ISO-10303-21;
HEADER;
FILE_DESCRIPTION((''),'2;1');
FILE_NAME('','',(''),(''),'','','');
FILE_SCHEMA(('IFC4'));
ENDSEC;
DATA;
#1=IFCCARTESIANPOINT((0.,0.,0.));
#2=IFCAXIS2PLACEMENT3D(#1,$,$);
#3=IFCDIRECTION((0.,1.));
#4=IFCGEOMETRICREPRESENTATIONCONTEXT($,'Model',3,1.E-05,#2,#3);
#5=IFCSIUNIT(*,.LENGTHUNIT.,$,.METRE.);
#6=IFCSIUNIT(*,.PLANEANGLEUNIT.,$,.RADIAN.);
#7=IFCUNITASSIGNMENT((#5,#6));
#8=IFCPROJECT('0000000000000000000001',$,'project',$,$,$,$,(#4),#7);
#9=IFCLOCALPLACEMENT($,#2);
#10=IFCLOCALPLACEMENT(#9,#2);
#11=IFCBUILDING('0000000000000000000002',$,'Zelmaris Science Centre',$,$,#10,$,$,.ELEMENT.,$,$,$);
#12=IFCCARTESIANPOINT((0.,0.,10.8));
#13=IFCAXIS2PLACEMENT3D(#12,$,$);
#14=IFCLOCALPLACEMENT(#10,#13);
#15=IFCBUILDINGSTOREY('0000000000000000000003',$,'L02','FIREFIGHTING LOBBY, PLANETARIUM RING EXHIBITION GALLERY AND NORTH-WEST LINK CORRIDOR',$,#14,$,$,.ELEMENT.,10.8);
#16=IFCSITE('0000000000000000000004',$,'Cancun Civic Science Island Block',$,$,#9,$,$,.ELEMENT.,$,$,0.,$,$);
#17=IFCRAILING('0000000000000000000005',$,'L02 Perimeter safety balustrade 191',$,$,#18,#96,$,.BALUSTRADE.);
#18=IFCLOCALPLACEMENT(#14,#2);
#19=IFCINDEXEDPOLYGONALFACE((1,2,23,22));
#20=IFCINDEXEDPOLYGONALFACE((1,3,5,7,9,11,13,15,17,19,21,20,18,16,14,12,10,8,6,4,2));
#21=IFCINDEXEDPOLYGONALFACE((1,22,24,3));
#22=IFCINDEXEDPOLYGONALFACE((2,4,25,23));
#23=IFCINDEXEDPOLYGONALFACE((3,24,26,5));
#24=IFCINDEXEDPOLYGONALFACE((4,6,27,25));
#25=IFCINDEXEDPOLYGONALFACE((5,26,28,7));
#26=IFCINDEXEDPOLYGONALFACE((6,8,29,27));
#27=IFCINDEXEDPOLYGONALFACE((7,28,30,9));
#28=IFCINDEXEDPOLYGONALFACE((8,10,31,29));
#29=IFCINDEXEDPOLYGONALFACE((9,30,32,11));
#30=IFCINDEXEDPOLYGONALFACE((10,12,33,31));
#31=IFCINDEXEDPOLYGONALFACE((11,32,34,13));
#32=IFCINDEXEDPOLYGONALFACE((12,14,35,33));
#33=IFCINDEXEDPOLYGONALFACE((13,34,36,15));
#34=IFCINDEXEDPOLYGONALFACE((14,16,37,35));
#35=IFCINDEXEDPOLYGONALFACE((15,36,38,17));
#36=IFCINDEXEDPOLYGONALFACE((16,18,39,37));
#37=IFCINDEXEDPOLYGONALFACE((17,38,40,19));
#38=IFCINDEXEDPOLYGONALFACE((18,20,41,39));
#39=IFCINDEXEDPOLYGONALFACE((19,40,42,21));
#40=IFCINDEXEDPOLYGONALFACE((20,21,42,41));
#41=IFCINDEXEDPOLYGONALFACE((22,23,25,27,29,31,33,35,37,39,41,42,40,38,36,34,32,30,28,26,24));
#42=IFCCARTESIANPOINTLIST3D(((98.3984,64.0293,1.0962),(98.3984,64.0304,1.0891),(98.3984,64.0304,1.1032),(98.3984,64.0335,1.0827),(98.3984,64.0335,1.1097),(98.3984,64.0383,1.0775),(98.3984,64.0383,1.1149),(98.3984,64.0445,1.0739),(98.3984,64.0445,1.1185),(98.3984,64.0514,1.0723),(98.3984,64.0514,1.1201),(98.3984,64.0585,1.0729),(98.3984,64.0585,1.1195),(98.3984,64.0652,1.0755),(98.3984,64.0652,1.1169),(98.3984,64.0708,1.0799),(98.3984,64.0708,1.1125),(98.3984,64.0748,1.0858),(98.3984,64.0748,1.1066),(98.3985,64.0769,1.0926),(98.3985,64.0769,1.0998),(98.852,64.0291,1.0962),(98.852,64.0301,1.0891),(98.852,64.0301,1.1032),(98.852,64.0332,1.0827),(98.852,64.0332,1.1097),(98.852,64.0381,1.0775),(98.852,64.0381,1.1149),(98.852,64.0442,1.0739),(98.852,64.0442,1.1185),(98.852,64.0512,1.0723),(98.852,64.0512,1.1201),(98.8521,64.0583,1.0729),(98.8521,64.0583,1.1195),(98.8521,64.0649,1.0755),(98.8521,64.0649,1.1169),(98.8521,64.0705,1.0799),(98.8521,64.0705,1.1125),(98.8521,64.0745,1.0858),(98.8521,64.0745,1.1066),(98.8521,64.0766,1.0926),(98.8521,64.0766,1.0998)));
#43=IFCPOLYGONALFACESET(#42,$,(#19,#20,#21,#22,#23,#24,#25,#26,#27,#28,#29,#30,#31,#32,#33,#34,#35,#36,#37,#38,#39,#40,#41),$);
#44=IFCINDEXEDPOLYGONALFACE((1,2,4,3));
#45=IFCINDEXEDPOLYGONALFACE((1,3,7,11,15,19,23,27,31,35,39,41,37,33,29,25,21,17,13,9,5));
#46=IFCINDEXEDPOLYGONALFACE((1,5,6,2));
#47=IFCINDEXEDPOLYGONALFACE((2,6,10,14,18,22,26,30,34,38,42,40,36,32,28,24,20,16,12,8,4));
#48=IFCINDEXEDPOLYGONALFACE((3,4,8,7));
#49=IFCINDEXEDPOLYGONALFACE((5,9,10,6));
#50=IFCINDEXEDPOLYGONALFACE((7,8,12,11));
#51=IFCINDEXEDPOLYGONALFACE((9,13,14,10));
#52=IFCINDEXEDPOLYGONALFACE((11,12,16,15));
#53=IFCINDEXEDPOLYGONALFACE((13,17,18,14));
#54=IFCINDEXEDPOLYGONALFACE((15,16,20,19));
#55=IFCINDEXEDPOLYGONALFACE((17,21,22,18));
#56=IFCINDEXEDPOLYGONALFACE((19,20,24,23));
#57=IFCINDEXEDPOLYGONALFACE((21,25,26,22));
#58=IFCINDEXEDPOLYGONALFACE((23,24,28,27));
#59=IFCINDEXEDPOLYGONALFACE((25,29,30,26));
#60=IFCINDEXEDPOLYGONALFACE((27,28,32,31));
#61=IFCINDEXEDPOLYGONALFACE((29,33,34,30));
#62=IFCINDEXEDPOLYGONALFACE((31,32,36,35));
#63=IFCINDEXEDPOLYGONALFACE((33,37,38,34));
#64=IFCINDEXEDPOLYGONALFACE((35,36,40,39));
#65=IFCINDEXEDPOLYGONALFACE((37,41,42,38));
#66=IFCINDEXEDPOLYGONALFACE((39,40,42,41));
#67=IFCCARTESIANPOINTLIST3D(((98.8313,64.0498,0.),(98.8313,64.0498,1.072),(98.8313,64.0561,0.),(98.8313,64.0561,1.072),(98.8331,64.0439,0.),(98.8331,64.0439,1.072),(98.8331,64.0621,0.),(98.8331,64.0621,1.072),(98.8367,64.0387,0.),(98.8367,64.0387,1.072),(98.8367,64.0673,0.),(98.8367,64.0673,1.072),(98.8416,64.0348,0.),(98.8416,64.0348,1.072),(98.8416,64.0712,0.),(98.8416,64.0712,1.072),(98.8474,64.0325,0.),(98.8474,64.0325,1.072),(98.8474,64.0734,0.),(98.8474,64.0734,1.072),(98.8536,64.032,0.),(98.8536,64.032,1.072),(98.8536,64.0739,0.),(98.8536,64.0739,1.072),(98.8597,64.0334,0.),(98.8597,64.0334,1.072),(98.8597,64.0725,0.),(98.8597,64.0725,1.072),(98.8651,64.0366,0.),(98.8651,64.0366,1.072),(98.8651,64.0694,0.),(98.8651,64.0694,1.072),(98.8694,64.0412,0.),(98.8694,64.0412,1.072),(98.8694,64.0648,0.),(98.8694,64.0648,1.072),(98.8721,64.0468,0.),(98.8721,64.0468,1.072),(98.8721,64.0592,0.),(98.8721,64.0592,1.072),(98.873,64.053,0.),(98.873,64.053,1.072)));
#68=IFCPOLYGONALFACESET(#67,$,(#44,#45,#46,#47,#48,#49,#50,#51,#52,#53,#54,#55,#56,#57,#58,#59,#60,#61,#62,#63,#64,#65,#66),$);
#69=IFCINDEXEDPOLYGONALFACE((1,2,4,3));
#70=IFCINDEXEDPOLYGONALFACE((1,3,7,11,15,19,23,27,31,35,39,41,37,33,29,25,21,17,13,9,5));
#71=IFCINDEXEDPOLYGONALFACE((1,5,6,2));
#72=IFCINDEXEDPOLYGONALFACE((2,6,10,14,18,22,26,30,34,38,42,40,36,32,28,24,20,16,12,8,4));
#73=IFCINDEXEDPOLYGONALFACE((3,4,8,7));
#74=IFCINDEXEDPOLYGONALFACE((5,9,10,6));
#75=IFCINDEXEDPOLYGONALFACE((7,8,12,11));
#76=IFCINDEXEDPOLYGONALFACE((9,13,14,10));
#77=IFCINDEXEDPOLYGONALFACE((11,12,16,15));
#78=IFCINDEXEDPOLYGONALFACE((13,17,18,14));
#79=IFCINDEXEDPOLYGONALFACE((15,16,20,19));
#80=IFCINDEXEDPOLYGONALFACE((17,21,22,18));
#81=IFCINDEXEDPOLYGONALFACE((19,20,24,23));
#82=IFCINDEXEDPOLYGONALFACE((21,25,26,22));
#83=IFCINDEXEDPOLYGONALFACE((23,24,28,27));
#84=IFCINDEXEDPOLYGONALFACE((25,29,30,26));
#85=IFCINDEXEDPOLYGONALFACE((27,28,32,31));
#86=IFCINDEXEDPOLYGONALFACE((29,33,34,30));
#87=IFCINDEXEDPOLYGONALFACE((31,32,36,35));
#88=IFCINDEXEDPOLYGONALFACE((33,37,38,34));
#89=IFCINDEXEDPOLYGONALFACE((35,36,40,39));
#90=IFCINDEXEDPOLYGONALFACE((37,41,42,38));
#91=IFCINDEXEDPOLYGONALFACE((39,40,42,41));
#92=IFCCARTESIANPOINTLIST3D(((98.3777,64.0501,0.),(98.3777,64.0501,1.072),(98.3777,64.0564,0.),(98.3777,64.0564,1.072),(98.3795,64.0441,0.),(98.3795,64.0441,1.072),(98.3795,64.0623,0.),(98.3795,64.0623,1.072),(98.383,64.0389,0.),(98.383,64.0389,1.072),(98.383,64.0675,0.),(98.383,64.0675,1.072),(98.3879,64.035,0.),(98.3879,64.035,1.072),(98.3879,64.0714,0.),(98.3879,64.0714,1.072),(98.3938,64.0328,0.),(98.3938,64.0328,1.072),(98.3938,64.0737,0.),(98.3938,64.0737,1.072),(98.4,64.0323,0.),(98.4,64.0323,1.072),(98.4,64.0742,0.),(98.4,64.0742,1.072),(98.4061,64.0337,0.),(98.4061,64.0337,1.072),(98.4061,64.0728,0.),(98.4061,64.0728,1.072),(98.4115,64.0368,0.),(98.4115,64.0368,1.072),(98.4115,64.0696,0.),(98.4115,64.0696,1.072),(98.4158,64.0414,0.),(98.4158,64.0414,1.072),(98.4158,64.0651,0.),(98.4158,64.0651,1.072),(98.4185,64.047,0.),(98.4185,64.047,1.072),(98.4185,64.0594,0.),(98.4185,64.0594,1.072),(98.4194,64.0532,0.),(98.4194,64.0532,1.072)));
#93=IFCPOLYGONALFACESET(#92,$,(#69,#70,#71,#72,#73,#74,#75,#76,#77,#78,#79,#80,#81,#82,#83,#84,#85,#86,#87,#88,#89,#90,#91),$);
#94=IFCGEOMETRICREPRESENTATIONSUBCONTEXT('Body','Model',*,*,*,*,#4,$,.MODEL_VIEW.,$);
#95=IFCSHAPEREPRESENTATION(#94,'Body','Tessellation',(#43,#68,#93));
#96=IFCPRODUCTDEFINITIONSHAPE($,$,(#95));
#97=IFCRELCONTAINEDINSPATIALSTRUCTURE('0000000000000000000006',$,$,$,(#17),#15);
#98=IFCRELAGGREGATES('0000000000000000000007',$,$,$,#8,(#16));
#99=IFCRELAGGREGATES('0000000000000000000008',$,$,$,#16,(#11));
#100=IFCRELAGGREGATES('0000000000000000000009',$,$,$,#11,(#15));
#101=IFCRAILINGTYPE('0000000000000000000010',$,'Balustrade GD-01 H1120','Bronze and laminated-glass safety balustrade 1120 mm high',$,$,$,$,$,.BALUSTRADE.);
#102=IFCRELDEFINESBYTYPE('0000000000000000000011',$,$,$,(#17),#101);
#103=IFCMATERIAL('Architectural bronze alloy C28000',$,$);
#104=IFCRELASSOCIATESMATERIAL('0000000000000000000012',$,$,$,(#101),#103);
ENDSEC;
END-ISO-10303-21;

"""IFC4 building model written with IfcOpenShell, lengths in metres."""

from ifc_helpers import new_model, si_unit, direction, frame, origin, origin_2d, place, context, subcontext, project, spatial, circle, extrude, material, type_object, element, save


model = new_model("IFC4")

# Units and contexts
model_context = context("Model", 3, precision=1e-05, world=origin(), true_north=direction((0.0, 1.0)))
body_context = subcontext(model_context, "Body", "Model", "MODEL_VIEW")
ifc_project = project(units=[si_unit("LENGTHUNIT", "METRE"), si_unit("PLANEANGLEUNIT", "RADIAN")], contexts=[model_context])

# Site, building, storey
site_placement = place(None, origin())
site = spatial("IfcSite", under=ifc_project, at=site_placement, Name="Cancun Civic Science Island Block", CompositionType="ELEMENT", RefElevation=0.0)
building_placement = place(site_placement, origin())
building = spatial("IfcBuilding", under=site, at=building_placement, Name="Zelmaris Science Centre", CompositionType="ELEMENT")
storey_placement = place(building_placement, frame((0.0, 0.0, 10.8)))
storey = spatial("IfcBuildingStorey", under=building, at=storey_placement, Name="L02", Description="FIREFIGHTING LOBBY, PLANETARIUM RING EXHIBITION GALLERY AND NORTH-WEST LINK CORRIDOR", CompositionType="ELEMENT", Elevation=10.8)

# Railing
ifc_material_1 = material(Name="Architectural bronze alloy C28000")
railing_type = type_object("IfcRailingType", Name="Balustrade GD-01 H1120", Description="Bronze and laminated-glass safety balustrade 1120 mm high", PredefinedType="BALUSTRADE", material=ifc_material_1)
railing_1_placement = place(storey_placement, frame((98.8521, 64.053, 0.0)))
element("IfcRailing", 1, at=railing_1_placement, inside=storey, type_object=railing_type, Name="L02 Perimeter safety balustrade 191", PredefinedType="BALUSTRADE", context=body_context, shape_type="SweptSolid", body=[
    extrude(circle(Radius=0.0239, at=origin_2d()), frame((0.0, 0.0, 1.0962), z_axis=(-1.0, 0.000538, 0.0), x_axis=(-0.000538, -1.0, 0.0)), (0.0, 0.0, 1.0), 0.4536),
    extrude(circle(Radius=0.021, at=origin_2d()), origin(), (0.0, 0.0, 1.0), 1.072),
    extrude(circle(Radius=0.021, at=origin_2d()), frame((-0.4536, 0.0002, 0.0)), (0.0, 0.0, 1.0), 1.072),
])

save(model, "model.ifc")
